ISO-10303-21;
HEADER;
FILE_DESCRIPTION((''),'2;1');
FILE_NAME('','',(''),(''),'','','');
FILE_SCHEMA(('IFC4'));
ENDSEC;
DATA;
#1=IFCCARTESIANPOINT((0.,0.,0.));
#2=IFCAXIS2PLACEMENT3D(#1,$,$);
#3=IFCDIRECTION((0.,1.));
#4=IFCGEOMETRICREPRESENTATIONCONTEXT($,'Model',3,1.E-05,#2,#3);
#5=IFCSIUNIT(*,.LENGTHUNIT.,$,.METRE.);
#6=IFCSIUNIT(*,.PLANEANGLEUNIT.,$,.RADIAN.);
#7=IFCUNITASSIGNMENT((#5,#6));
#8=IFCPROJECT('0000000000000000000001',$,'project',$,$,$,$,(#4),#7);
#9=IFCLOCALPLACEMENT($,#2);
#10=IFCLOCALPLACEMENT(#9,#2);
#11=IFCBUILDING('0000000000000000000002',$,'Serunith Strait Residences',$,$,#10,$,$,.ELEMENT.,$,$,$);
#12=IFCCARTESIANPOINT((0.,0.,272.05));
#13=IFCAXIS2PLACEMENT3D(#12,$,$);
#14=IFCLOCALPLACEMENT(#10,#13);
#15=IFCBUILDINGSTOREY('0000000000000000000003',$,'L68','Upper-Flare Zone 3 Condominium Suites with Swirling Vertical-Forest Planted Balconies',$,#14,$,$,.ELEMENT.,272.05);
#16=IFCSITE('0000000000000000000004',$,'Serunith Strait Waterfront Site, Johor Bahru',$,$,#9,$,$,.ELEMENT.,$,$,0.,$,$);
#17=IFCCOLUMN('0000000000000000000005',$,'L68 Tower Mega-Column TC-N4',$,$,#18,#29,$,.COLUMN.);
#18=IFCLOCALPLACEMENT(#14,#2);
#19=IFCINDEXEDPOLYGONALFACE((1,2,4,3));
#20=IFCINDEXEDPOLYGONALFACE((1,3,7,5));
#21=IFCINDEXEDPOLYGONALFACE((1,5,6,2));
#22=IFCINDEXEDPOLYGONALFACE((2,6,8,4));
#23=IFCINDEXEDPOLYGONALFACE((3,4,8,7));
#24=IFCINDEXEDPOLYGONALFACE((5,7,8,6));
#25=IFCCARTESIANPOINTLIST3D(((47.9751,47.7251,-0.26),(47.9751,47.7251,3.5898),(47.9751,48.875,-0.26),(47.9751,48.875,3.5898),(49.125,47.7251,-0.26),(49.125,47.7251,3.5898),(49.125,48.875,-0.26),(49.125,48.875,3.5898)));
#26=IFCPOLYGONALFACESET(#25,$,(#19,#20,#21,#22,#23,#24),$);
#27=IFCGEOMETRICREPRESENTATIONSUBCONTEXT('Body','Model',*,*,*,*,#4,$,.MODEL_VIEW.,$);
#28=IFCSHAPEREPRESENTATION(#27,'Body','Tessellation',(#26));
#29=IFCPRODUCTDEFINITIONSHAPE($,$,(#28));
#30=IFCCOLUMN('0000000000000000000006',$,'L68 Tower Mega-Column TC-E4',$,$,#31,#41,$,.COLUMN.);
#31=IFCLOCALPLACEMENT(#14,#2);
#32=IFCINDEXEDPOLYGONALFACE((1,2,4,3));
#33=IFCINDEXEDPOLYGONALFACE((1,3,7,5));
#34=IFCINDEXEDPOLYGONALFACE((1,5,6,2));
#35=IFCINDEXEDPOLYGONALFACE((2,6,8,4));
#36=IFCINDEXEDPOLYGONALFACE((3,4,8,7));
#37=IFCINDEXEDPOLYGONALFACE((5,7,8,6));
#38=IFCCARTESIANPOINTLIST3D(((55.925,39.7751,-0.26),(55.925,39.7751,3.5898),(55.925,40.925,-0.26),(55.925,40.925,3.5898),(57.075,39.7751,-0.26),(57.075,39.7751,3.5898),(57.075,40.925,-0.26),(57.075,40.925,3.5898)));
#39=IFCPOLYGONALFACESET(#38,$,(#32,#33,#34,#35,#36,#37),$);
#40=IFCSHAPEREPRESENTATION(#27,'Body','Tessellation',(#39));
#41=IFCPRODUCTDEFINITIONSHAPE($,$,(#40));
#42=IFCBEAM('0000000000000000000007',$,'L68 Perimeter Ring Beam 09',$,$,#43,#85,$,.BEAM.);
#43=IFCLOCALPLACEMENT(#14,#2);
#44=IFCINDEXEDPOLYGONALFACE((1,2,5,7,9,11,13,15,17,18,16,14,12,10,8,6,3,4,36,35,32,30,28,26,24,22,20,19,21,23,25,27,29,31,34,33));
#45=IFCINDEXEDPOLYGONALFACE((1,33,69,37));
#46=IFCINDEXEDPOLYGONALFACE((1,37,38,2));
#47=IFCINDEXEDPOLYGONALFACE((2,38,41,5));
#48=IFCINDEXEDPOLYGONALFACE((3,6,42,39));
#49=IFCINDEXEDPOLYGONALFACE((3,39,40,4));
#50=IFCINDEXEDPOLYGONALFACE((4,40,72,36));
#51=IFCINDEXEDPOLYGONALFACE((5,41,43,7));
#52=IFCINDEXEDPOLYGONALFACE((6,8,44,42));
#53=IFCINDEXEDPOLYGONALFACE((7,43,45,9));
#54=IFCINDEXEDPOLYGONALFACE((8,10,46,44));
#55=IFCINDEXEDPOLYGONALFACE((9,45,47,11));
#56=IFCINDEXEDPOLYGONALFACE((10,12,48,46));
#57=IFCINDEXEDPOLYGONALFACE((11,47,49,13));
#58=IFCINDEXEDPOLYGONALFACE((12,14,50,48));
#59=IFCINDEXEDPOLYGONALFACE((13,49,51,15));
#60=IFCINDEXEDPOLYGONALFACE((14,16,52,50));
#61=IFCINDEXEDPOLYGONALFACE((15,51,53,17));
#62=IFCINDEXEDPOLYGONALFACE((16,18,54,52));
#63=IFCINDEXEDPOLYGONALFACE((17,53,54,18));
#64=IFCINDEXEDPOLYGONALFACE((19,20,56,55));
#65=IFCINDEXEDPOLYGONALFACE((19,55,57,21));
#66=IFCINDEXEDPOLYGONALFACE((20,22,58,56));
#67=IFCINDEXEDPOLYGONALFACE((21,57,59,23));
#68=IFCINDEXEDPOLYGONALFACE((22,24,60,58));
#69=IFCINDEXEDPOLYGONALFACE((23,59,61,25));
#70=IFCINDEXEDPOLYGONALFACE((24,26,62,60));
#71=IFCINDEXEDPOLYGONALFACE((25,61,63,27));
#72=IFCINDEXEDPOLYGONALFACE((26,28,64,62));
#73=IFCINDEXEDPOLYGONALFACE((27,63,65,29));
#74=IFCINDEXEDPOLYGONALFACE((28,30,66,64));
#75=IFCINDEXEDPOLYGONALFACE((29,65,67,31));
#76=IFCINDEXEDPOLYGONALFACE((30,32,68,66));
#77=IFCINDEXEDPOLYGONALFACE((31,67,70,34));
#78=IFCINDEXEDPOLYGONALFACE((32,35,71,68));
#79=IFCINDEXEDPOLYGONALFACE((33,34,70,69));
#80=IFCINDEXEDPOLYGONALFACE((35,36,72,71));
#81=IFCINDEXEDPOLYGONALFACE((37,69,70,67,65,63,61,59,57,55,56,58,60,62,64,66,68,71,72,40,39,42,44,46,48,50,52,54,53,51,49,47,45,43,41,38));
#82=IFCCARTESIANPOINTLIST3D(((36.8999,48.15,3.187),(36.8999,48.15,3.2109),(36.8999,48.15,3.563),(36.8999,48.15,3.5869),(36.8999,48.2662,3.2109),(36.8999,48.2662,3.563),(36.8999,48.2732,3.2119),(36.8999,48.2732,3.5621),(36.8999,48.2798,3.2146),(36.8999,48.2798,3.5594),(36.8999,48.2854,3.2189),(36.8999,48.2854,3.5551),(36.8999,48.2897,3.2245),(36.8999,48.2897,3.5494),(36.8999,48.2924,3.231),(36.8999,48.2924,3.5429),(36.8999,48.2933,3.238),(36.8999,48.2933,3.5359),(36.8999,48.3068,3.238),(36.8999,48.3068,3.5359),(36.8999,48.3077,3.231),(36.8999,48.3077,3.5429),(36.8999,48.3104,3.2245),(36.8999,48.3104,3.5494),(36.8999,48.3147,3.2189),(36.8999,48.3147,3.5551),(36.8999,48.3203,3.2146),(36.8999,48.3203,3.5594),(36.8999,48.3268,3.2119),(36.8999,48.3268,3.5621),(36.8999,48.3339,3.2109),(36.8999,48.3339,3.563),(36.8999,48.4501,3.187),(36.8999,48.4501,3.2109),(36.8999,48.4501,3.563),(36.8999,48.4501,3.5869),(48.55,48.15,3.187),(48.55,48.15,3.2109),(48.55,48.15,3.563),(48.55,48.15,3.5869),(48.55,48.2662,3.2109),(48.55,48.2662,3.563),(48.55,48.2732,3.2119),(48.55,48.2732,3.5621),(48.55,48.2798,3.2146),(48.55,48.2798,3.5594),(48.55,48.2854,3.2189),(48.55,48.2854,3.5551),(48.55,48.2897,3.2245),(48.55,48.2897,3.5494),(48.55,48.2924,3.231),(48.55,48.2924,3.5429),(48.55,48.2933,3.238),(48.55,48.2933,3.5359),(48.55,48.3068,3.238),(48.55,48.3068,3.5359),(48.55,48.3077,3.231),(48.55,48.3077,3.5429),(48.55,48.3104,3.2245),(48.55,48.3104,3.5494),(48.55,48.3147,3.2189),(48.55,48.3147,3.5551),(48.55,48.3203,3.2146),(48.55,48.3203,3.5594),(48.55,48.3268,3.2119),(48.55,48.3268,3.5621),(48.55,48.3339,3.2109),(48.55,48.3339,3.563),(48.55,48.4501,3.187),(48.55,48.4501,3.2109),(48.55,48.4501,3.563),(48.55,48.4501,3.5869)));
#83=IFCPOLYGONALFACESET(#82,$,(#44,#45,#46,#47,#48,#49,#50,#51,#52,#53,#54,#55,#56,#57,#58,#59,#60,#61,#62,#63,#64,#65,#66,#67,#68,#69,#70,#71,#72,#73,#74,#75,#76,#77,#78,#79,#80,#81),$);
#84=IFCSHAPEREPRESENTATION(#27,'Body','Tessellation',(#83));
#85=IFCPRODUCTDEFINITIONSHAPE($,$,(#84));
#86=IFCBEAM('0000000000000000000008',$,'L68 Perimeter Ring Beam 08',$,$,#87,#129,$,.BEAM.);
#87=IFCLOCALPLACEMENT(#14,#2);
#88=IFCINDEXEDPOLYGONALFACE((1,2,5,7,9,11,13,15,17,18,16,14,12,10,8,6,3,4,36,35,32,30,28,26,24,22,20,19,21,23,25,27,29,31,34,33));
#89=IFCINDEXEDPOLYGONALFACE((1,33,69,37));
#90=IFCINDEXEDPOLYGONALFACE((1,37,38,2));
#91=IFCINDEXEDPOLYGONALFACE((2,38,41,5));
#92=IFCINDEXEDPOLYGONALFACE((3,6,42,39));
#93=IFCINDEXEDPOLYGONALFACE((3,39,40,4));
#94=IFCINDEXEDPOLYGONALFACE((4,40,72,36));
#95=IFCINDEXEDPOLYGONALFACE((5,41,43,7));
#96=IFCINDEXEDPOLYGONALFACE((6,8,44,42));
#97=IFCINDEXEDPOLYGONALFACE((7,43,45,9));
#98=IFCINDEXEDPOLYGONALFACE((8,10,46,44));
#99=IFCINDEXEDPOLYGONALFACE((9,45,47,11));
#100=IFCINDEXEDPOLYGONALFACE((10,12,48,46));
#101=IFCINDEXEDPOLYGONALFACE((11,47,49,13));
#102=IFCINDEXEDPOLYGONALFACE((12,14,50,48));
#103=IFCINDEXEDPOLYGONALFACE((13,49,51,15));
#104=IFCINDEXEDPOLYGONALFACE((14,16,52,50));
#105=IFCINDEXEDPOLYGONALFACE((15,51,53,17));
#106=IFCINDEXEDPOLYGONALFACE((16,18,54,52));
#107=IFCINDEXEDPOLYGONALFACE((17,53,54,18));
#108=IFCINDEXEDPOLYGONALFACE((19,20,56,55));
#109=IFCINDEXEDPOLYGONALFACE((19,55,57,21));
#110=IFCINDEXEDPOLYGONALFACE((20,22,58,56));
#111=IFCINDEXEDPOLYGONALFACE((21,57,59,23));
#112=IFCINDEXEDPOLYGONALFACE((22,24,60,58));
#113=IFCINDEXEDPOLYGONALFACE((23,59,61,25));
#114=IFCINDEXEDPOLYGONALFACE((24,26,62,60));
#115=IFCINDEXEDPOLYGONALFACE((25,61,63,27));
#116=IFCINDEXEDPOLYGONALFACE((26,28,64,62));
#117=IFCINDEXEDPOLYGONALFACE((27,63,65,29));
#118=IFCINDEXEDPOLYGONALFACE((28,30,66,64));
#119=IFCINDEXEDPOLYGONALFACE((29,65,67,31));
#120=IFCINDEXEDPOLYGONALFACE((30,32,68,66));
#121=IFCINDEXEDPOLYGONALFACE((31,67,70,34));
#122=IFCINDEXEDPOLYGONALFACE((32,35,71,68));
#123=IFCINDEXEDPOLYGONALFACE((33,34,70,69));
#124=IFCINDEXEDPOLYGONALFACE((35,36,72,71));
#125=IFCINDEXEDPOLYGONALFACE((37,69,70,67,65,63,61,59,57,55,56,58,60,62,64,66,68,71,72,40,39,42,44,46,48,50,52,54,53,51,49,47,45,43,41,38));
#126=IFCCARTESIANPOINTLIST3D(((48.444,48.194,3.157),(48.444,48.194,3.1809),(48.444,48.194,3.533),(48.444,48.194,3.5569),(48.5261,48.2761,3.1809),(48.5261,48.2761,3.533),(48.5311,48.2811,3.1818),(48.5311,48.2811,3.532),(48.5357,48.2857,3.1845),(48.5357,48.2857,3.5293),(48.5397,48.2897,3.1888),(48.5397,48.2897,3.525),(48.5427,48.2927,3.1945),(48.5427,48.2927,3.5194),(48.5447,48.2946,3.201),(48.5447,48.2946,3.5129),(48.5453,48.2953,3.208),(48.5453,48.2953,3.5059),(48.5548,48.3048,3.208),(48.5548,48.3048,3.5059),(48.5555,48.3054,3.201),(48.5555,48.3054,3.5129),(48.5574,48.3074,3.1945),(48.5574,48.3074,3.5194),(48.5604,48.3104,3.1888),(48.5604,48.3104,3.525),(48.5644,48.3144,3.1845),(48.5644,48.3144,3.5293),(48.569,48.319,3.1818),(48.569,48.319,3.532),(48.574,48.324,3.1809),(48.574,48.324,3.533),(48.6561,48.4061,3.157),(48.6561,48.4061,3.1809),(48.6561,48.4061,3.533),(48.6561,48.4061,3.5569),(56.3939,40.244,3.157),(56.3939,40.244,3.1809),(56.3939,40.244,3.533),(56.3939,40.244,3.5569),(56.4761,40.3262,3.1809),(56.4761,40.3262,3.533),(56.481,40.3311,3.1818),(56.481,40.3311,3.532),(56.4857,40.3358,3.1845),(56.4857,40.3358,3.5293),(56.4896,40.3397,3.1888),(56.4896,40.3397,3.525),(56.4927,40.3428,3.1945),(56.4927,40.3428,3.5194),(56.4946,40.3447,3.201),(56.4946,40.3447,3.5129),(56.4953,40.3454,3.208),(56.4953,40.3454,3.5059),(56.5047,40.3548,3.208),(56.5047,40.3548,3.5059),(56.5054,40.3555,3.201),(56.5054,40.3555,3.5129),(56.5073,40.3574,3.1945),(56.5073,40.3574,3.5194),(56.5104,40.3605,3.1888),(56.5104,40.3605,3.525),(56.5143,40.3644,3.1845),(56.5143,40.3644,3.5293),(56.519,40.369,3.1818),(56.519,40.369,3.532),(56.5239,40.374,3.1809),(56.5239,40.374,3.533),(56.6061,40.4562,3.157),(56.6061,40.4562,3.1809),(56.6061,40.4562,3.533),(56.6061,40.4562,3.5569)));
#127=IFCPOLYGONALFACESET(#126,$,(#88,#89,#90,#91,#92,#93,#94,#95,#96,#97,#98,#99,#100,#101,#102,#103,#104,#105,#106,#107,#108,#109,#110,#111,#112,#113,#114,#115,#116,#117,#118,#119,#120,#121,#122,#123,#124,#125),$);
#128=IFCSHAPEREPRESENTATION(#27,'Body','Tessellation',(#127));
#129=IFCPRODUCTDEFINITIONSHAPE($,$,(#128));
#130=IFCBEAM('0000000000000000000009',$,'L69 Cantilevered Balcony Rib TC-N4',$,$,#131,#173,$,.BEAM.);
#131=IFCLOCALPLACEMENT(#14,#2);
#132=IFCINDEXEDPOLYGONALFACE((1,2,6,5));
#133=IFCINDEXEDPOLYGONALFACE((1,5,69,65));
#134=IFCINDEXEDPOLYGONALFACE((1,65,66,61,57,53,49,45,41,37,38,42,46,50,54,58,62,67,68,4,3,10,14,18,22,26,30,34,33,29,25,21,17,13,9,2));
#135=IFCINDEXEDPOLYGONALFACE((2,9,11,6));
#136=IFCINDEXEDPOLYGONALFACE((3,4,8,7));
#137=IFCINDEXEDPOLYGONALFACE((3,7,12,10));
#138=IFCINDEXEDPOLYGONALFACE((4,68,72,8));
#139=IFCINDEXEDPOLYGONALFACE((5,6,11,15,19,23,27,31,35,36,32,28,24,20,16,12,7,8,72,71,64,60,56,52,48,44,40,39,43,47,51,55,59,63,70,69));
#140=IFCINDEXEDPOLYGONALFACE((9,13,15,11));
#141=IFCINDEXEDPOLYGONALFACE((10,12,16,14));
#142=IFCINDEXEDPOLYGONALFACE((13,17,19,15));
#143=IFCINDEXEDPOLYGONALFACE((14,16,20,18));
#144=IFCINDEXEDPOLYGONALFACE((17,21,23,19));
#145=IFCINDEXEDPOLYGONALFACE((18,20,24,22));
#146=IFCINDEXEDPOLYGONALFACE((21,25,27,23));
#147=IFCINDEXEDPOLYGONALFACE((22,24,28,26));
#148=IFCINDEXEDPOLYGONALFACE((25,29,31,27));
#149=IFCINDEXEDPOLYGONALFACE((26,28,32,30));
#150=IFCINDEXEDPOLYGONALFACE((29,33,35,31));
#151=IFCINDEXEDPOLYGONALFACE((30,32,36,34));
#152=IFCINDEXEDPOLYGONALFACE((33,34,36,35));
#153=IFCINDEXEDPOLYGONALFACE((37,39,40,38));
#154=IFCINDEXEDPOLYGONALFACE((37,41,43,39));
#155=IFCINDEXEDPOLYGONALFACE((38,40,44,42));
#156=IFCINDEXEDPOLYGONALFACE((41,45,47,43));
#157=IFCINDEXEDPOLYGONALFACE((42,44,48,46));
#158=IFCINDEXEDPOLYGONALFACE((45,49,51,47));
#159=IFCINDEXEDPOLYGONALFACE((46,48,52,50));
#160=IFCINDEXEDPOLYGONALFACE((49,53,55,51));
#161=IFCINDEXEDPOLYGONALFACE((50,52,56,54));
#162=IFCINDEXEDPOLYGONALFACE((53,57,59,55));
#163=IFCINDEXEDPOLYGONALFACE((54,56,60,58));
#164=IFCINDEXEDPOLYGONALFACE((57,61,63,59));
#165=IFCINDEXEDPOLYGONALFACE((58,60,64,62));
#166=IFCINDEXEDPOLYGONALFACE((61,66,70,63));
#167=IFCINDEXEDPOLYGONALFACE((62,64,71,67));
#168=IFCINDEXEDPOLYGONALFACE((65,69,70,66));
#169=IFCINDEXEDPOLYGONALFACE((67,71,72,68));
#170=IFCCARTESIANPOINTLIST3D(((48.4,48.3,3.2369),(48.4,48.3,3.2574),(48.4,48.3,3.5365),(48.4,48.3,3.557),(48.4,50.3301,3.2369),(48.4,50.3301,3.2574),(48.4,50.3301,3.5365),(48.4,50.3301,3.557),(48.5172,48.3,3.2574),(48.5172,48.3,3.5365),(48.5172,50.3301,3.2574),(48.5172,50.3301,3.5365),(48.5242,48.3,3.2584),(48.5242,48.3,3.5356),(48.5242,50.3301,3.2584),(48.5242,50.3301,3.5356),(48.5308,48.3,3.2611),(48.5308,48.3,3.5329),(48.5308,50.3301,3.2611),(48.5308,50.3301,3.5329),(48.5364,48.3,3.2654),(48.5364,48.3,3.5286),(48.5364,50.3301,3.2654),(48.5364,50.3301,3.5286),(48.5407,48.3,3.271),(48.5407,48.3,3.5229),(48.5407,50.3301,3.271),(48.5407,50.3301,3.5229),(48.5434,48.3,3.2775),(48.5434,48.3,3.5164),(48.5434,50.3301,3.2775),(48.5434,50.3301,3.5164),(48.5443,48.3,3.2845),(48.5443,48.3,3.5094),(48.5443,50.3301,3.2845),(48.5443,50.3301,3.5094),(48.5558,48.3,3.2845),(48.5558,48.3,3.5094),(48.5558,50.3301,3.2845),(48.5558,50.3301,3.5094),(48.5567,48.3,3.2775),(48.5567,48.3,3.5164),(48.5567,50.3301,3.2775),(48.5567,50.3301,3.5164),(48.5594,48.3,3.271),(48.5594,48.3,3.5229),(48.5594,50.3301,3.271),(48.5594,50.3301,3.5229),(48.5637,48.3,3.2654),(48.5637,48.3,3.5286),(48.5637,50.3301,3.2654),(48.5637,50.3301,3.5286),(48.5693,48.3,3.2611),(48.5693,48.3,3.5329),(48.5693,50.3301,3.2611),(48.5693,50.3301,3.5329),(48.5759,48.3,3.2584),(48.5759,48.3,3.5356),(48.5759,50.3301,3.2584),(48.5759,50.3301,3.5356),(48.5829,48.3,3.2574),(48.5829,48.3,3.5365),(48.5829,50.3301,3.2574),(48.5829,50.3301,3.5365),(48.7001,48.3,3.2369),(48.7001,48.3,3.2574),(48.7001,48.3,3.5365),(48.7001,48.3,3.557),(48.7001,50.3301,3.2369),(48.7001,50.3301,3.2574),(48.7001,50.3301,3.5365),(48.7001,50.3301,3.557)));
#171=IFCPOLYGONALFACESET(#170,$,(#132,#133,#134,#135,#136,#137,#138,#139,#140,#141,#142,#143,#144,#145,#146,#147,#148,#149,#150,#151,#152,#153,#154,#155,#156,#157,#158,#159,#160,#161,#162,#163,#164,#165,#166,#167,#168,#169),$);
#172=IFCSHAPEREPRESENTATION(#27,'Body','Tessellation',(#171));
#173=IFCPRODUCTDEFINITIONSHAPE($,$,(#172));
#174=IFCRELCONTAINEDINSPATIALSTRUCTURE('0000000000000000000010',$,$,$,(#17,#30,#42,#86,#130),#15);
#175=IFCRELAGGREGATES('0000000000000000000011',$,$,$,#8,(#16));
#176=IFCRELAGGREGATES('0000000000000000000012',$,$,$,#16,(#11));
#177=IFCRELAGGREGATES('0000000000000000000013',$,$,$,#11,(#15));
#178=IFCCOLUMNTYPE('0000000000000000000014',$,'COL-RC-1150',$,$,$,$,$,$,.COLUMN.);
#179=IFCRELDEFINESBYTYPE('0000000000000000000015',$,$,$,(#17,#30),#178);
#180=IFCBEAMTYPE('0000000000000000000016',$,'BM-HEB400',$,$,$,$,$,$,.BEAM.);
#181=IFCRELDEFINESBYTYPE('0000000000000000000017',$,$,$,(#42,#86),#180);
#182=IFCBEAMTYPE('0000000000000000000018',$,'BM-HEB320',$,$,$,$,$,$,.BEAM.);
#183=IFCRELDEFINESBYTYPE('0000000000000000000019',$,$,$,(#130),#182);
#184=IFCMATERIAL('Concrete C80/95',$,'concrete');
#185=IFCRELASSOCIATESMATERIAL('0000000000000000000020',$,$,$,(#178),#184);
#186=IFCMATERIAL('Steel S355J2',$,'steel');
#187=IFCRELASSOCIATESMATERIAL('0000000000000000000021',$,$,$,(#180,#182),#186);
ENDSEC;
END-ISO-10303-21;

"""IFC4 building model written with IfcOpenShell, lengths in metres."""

from ifc_helpers import new_model, si_unit, direction, frame, origin, origin_2d, place, context, subcontext, project, spatial, rectangle, i_section, extrude, source, transform, mapped, material, material_profile, profile_set, type_object, element, save


model = new_model("IFC4")

# Units and contexts
model_context = context("Model", 3, precision=1e-05, world=origin(), true_north=direction((0.0, 1.0)))
body_context = subcontext(model_context, "Body", "Model", "MODEL_VIEW")
ifc_project = project(units=[si_unit("LENGTHUNIT", "METRE"), si_unit("PLANEANGLEUNIT", "RADIAN")], contexts=[model_context])

# Site, building, storey
site_placement = place(None, origin())
site = spatial("IfcSite", under=ifc_project, at=site_placement, Name="Serunith Strait Waterfront Site, Johor Bahru", CompositionType="ELEMENT", RefElevation=0.0)
building_placement = place(site_placement, origin())
building = spatial("IfcBuilding", under=site, at=building_placement, Name="Serunith Strait Residences", CompositionType="ELEMENT")
storey_placement = place(building_placement, frame((0.0, 0.0, 272.05)))
storey = spatial("IfcBuildingStorey", under=building, at=storey_placement, Name="L68", Description="Upper-Flare Zone 3 Condominium Suites with Swirling Vertical-Forest Planted Balconies", CompositionType="ELEMENT", Elevation=272.05)

# Columns
ifc_material_1 = material(Name="Concrete C80/95", Category="concrete")
ifc_material_profile_1 = material_profile(ifc_material_1, rectangle(XDim=1.1499, YDim=1.1499, at=origin_2d()), Name="RC 1150x1150")
ifc_profile_set_1 = profile_set([ifc_material_profile_1], Name="Concrete C80/95")
column_type = type_object("IfcColumnType", Name="COL-RC-1150", PredefinedType="COLUMN", material=ifc_profile_set_1)
shared_shape_1 = source(origin(), body_context, "Body", "SweptSolid", [
    extrude(rectangle(XDim=1.1499, YDim=1.1499, at=origin_2d()), origin(), (0.0, 0.0, 1.0), 3.8499),
])
for number, where, z_axis, x_axis, name in (
    (1, (48.55, 48.3, -0.26), (0.0, 0.0, 1.0), (1.0, 0.0, 0.0), "L68 Tower Mega-Column TC-N4"),
    (2, (56.5, 40.3501, -0.26), (0.0, 0.0, 1.0), (1.0, 0.0, 0.0), "L68 Tower Mega-Column TC-E4"),
):
    element("IfcColumn", number, at=place(storey_placement, frame(where, z_axis=z_axis, x_axis=x_axis)), inside=storey, type_object=column_type, Name=name, PredefinedType="COLUMN", context=body_context, shape_type="MappedRepresentation", body=[
        mapped(shared_shape_1, transform((0.0, 0.0, 0.0), scale=1.0)),
    ])

# Beams
ifc_material_2 = material(Name="Steel S355J2", Category="steel")
ifc_material_profile_2 = material_profile(ifc_material_2, i_section(OverallWidth=0.3, OverallDepth=0.3999, WebThickness=0.0134, FlangeThickness=0.0239, FilletRadius=0.0271, at=origin_2d()), Name="HEB 400")
ifc_profile_set_2 = profile_set([ifc_material_profile_2], Name="Steel S355J2")
beam_type_1 = type_object("IfcBeamType", Name="BM-HEB400", PredefinedType="BEAM", material=ifc_profile_set_2)
shared_shape_2 = source(origin(), body_context, "Body", "SweptSolid", [
    extrude(i_section(OverallWidth=0.3, OverallDepth=0.3999, WebThickness=0.0134, FlangeThickness=0.0239, FilletRadius=0.0271, at=origin_2d()), origin(), (0.0, 0.0, 1.0), 11.6501),
])
beam_1_placement = place(storey_placement, frame((48.55, 48.3, 3.387), z_axis=(-1.0, 0.0, 0.0), x_axis=(0.0, -1.0, 0.0)))
element("IfcBeam", 3, at=beam_1_placement, inside=storey, type_object=beam_type_1, Name="L68 Perimeter Ring Beam 09", PredefinedType="BEAM", context=body_context, shape_type="MappedRepresentation", body=[
    mapped(shared_shape_2, transform((0.0, 0.0, 0.0), scale=1.0)),
])
shared_shape_3 = source(origin(), body_context, "Body", "SweptSolid", [
    extrude(i_section(OverallWidth=0.3, OverallDepth=0.3999, WebThickness=0.0134, FlangeThickness=0.0239, FilletRadius=0.0271, at=origin_2d()), origin(), (0.0, 0.0, 1.0), 11.2429),
])
beam_2_placement = place(storey_placement, frame((56.5, 40.3501, 3.3569), z_axis=(-0.707107, 0.707107, 0.0), x_axis=(-0.707107, -0.707107, 0.0)))
element("IfcBeam", 4, at=beam_2_placement, inside=storey, type_object=beam_type_1, Name="L68 Perimeter Ring Beam 08", PredefinedType="BEAM", context=body_context, shape_type="MappedRepresentation", body=[
    mapped(shared_shape_3, transform((0.0, 0.0, 0.0), scale=1.0)),
])
ifc_material_profile_3 = material_profile(ifc_material_2, i_section(OverallWidth=0.3, OverallDepth=0.3201, WebThickness=0.0115, FlangeThickness=0.0205, FilletRadius=0.0271, at=origin_2d()), Name="HEB 320")
ifc_profile_set_3 = profile_set([ifc_material_profile_3], Name="Steel S355J2")
beam_type_2 = type_object("IfcBeamType", Name="BM-HEB320", PredefinedType="BEAM", material=ifc_profile_set_3)
shared_shape_4 = source(origin(), body_context, "Body", "SweptSolid", [
    extrude(i_section(OverallWidth=0.3, OverallDepth=0.3201, WebThickness=0.0115, FlangeThickness=0.0205, FilletRadius=0.0271, at=origin_2d()), origin(), (0.0, 0.0, 1.0), 2.03),
])
beam_3_placement = place(storey_placement, frame((48.55, 48.3, 3.397), z_axis=(0.0, 1.0, 0.0), x_axis=(-1.0, 0.0, 0.0)))
element("IfcBeam", 5, at=beam_3_placement, inside=storey, type_object=beam_type_2, Name="L69 Cantilevered Balcony Rib TC-N4", PredefinedType="BEAM", context=body_context, shape_type="MappedRepresentation", body=[
    mapped(shared_shape_4, transform((0.0, 0.0, 0.0), scale=1.0)),
])

save(model, "model.ifc")
